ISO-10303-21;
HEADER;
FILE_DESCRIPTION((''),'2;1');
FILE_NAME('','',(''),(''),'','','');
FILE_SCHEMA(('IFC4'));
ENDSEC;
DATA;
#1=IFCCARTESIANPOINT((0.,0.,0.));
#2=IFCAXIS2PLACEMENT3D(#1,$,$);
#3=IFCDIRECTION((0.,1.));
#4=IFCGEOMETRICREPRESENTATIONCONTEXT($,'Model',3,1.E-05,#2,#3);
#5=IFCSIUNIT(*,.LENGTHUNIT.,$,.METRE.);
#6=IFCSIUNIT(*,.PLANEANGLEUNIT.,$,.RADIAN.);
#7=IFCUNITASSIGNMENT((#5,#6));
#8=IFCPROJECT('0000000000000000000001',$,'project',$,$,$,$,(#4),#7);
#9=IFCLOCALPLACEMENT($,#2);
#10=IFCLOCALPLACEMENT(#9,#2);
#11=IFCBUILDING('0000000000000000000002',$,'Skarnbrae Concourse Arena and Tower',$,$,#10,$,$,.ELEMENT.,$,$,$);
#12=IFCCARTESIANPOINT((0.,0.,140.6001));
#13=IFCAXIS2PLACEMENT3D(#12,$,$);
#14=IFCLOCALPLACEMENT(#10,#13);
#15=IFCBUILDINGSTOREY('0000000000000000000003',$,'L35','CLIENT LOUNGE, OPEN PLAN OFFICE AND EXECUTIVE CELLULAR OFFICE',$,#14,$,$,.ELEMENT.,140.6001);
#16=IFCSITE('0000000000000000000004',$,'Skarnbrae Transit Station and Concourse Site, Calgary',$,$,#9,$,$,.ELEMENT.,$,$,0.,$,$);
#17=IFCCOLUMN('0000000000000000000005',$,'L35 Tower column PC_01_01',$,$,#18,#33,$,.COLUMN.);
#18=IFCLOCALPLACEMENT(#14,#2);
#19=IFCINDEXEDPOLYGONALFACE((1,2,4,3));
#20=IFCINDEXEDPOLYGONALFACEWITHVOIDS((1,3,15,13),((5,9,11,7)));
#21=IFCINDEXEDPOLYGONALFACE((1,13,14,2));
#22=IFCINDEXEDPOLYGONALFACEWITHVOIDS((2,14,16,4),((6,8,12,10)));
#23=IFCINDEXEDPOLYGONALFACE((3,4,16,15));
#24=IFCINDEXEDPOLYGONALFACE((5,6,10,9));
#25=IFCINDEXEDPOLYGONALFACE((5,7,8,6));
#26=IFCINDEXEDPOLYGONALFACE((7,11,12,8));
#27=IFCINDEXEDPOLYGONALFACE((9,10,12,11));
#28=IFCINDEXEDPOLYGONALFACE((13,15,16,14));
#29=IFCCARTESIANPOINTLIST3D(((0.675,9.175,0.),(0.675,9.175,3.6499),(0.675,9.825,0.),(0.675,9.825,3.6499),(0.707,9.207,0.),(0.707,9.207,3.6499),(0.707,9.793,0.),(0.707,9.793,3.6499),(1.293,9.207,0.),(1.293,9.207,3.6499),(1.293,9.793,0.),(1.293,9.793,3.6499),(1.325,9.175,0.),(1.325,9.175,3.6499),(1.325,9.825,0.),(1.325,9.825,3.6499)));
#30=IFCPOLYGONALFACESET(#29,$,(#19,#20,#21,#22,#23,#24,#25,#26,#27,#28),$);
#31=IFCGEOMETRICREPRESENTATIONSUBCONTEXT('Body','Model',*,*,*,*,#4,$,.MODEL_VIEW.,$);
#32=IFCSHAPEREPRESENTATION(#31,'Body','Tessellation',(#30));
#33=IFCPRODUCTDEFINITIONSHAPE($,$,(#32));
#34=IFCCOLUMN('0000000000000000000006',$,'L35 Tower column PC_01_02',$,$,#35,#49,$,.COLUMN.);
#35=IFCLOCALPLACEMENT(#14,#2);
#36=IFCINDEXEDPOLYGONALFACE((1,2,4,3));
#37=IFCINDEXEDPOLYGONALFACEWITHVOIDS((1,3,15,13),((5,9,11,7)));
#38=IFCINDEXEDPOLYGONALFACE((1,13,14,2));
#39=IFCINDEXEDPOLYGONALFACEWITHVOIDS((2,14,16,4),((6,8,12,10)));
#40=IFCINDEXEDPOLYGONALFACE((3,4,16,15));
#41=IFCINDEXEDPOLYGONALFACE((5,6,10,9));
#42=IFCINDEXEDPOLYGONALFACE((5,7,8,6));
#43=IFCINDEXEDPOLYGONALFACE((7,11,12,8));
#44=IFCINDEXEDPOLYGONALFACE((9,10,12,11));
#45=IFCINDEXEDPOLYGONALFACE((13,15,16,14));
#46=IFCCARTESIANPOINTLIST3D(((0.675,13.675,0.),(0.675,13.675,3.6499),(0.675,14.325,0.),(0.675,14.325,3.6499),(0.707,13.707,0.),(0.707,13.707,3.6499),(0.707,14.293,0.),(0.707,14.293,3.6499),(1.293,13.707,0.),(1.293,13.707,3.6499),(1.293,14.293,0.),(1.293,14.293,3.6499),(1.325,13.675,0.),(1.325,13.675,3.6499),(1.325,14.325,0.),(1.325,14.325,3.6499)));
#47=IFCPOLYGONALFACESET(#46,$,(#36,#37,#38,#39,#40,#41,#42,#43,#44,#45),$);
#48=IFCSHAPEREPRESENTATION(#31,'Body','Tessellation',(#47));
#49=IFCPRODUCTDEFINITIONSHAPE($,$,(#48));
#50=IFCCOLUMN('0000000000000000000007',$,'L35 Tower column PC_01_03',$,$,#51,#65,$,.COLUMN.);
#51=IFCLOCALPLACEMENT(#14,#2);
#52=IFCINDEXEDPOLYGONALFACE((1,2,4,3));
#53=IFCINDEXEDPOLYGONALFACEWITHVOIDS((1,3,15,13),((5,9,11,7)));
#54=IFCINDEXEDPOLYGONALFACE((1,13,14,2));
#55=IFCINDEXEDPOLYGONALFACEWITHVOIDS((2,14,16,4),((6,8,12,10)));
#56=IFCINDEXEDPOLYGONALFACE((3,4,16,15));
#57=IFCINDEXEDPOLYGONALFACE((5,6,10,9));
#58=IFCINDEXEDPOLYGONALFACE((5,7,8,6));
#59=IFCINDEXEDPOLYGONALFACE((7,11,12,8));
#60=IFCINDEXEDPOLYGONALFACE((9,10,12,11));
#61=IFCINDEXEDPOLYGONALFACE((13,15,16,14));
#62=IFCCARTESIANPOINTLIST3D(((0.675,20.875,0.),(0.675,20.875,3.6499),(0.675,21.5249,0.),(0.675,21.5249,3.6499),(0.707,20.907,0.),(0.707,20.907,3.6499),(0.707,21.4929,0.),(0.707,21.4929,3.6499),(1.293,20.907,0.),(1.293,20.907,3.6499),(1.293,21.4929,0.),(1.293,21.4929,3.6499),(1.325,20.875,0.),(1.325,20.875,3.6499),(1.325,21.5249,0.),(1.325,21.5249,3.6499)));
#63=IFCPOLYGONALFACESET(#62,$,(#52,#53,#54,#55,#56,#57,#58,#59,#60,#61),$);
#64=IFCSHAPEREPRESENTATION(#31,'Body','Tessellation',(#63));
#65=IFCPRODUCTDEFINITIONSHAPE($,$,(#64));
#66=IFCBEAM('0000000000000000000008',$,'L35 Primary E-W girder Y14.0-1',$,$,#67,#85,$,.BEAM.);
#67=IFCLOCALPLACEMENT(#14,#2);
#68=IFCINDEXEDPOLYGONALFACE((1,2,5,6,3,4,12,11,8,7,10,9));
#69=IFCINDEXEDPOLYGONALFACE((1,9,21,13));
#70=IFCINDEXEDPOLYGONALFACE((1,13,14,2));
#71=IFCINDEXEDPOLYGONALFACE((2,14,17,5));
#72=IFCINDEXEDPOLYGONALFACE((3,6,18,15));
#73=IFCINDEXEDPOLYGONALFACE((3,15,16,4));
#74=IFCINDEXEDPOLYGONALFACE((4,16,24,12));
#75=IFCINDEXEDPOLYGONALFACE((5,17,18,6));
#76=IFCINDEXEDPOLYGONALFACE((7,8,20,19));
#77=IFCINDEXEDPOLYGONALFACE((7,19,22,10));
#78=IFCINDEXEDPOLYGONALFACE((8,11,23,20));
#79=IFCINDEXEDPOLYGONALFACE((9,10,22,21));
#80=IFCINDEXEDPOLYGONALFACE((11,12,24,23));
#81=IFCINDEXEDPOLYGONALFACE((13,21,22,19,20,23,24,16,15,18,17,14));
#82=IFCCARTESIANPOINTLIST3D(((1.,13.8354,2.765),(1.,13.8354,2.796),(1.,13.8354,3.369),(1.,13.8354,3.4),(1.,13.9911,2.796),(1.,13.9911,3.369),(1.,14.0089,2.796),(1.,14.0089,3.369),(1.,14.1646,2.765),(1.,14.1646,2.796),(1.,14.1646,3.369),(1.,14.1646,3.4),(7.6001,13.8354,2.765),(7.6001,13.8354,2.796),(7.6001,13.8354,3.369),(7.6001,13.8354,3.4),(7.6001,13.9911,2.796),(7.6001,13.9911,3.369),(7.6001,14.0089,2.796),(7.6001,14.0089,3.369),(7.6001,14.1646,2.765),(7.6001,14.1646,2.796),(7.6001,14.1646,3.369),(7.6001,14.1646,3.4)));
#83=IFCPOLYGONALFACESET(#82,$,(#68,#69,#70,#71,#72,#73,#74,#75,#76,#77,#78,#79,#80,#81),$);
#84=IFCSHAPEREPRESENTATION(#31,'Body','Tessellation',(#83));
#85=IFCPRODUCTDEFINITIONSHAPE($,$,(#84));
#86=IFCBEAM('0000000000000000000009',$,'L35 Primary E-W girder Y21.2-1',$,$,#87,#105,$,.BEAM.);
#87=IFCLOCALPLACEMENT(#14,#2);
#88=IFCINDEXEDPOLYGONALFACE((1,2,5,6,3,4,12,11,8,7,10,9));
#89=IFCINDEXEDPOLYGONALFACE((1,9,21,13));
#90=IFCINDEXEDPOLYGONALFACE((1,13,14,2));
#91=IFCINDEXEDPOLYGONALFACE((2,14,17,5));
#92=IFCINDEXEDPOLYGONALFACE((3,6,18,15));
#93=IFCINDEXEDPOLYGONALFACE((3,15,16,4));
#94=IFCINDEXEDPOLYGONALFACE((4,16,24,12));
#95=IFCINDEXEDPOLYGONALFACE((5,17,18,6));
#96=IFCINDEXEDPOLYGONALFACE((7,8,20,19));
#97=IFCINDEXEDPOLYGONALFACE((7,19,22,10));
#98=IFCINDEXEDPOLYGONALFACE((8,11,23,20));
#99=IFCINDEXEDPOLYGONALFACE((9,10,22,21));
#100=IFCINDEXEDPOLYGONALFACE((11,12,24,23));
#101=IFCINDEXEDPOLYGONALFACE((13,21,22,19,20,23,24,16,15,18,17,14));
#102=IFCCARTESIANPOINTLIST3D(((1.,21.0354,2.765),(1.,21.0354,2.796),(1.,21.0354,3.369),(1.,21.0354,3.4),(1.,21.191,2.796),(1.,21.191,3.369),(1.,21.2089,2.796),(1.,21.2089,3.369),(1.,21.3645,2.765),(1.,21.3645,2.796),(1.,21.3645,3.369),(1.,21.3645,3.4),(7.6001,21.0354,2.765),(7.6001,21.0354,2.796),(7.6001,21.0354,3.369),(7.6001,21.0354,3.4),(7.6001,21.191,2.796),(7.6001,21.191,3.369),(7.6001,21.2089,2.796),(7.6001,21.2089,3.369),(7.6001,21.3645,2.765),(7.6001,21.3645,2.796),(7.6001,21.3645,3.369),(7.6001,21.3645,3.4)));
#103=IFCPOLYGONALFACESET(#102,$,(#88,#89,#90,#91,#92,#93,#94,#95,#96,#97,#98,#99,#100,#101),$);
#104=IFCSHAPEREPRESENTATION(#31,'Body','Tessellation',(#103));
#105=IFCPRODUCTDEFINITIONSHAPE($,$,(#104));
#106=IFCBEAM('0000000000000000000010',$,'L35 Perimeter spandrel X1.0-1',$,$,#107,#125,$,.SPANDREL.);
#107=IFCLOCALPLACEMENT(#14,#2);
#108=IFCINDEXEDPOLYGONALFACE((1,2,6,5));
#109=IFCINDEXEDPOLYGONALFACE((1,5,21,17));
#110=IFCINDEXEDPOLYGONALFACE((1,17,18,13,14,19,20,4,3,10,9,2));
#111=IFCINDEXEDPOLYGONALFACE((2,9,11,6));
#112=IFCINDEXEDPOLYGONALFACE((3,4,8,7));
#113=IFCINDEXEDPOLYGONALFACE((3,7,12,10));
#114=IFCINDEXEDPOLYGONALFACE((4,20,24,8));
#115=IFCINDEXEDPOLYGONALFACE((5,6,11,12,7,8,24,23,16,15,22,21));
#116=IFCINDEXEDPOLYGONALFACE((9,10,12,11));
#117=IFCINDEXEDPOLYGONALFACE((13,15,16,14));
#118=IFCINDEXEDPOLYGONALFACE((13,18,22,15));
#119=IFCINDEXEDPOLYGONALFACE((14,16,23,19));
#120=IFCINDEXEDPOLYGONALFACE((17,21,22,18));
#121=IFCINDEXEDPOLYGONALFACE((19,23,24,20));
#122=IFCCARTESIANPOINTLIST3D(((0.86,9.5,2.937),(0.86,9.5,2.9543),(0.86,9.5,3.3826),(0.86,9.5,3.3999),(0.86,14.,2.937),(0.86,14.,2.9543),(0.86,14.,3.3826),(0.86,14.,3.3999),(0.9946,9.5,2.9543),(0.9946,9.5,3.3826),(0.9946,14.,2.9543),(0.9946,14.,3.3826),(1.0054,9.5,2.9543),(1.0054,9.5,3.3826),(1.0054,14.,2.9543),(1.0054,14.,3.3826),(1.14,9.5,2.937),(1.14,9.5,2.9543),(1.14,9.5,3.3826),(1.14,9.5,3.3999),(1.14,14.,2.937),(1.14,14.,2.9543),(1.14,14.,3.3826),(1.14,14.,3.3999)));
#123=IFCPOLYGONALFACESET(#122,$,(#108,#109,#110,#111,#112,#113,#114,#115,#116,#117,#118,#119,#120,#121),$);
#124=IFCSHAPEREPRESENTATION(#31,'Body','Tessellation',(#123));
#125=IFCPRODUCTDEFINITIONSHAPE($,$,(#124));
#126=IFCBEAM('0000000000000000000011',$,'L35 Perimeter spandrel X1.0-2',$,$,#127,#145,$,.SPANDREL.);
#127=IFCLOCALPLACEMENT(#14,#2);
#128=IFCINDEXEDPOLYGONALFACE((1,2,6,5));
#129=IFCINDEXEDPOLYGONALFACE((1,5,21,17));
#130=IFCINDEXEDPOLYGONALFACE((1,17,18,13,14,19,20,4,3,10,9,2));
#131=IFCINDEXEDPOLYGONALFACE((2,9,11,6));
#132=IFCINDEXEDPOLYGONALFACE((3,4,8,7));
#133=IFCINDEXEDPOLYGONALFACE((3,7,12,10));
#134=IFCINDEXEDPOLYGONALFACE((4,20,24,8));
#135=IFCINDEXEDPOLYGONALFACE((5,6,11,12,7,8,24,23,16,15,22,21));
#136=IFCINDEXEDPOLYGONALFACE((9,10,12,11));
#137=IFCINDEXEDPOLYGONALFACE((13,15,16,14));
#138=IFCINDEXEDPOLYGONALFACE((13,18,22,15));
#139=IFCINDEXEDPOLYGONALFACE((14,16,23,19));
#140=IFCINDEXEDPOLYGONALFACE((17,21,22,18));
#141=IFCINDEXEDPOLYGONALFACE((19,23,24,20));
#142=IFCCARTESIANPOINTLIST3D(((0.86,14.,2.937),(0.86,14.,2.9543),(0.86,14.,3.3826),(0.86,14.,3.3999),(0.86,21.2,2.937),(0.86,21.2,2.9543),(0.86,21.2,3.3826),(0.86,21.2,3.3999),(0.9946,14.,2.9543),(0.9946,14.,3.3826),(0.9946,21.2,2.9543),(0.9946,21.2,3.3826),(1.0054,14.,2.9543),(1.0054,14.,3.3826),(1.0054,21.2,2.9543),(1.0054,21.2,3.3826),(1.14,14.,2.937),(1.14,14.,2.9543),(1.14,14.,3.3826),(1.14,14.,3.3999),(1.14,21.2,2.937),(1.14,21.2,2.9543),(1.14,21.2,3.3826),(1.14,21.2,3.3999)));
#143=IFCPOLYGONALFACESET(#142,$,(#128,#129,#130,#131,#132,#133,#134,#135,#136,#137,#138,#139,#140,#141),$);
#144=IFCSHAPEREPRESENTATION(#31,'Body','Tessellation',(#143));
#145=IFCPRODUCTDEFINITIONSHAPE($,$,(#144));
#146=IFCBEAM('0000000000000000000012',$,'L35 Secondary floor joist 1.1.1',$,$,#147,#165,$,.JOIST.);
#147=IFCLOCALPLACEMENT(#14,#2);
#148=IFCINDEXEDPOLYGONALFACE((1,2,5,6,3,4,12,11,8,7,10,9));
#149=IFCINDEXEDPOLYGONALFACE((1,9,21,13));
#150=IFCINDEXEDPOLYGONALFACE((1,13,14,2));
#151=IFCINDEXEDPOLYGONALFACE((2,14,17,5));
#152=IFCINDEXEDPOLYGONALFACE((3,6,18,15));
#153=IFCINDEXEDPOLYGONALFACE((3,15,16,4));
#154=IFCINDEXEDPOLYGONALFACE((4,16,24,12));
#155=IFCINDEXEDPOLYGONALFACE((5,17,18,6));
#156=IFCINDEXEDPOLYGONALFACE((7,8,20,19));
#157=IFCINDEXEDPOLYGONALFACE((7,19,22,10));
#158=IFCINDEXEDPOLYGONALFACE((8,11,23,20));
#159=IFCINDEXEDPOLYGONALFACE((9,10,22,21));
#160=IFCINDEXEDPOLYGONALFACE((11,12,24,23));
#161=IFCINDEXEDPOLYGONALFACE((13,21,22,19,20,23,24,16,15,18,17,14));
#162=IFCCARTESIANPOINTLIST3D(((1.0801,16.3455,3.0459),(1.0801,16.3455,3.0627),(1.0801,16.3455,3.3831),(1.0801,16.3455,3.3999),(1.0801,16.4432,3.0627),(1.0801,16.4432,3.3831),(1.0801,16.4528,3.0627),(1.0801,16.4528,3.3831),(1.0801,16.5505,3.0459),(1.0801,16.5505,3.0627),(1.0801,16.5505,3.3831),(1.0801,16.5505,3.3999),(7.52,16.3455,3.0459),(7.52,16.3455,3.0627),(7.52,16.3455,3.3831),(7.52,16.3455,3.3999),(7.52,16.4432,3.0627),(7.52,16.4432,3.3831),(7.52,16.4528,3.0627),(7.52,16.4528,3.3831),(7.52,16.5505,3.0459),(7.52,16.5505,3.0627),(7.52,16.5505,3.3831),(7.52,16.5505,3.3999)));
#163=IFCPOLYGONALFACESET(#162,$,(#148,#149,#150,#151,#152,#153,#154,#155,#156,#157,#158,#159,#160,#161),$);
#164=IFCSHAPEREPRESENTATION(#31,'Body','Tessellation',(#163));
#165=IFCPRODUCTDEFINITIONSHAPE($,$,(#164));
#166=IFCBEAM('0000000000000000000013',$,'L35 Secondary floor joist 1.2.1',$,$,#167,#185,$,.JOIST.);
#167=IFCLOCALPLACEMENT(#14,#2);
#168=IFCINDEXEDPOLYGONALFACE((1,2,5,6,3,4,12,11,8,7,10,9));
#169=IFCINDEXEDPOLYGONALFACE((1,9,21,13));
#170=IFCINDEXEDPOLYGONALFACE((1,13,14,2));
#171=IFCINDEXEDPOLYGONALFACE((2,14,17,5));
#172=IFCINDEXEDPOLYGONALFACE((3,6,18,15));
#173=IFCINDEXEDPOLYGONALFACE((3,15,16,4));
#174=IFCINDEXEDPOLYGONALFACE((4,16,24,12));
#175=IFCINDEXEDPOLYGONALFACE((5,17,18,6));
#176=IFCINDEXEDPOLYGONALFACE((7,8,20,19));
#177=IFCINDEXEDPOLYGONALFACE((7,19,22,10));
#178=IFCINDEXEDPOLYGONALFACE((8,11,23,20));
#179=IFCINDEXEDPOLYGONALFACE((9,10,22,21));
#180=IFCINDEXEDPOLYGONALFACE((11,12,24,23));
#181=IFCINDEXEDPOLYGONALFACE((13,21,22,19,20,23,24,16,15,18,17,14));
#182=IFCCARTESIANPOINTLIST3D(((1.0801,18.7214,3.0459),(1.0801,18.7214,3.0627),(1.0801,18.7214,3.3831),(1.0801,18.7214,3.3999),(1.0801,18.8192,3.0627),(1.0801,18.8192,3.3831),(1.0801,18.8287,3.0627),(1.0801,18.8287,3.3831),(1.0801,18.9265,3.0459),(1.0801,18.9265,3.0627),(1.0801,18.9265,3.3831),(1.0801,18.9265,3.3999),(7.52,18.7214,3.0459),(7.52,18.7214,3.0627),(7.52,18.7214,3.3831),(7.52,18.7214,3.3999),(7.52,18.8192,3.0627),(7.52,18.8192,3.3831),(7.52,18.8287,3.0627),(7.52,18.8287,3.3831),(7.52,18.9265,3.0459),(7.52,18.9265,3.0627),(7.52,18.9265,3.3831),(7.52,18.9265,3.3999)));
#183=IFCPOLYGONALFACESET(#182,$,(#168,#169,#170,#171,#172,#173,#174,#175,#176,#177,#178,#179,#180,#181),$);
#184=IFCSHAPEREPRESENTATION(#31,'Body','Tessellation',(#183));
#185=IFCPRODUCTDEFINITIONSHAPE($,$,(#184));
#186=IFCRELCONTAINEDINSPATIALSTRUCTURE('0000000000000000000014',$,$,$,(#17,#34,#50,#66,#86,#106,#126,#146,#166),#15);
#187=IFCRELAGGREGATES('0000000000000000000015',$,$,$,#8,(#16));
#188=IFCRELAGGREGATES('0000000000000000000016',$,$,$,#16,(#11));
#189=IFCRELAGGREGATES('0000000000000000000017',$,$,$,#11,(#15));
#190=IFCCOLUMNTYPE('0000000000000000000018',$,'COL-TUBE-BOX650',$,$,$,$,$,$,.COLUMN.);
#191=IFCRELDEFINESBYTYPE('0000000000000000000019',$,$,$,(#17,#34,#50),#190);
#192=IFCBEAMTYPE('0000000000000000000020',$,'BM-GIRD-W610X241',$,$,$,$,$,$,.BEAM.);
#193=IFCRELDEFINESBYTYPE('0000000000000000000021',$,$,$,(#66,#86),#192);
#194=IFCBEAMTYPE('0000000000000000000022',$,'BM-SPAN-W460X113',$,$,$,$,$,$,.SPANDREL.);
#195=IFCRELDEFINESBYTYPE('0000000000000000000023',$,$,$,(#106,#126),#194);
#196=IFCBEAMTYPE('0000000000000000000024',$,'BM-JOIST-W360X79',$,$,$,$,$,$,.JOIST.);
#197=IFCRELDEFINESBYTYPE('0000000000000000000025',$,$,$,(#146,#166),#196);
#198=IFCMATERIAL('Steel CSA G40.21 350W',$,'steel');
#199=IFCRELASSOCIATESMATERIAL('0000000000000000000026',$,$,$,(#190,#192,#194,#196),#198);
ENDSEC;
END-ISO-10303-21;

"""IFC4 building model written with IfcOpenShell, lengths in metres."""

from ifc_helpers import new_model, si_unit, direction, frame, origin, origin_2d, place, context, subcontext, project, spatial, hollow_rectangle, i_section, extrude, source, transform, mapped, material, material_profile, profile_set, type_object, element, save


model = new_model("IFC4")

# Units and contexts
model_context = context("Model", 3, precision=1e-05, world=origin(), true_north=direction((0.0, 1.0)))
body_context = subcontext(model_context, "Body", "Model", "MODEL_VIEW")
ifc_project = project(units=[si_unit("LENGTHUNIT", "METRE"), si_unit("PLANEANGLEUNIT", "RADIAN")], contexts=[model_context])

# Site, building, storey
site_placement = place(None, origin())
site = spatial("IfcSite", under=ifc_project, at=site_placement, Name="Skarnbrae Transit Station and Concourse Site, Calgary", CompositionType="ELEMENT", RefElevation=0.0)
building_placement = place(site_placement, origin())
building = spatial("IfcBuilding", under=site, at=building_placement, Name="Skarnbrae Concourse Arena and Tower", CompositionType="ELEMENT")
storey_placement = place(building_placement, frame((0.0, 0.0, 140.6001)))
storey = spatial("IfcBuildingStorey", under=building, at=storey_placement, Name="L35", Description="CLIENT LOUNGE, OPEN PLAN OFFICE AND EXECUTIVE CELLULAR OFFICE", CompositionType="ELEMENT", Elevation=140.6001)

# Columns
ifc_material_1 = material(Name="Steel CSA G40.21 350W", Category="steel")
ifc_material_profile_1 = material_profile(ifc_material_1, hollow_rectangle(XDim=0.6499, YDim=0.6499, WallThickness=0.032, at=origin_2d()), Name="BOX650X650X32")
ifc_profile_set_1 = profile_set([ifc_material_profile_1], Name="Steel CSA G40.21 350W")
column_type = type_object("IfcColumnType", Name="COL-TUBE-BOX650", PredefinedType="COLUMN", material=ifc_profile_set_1)
shared_shape_1 = source(origin(), body_context, "Body", "SweptSolid", [
    extrude(hollow_rectangle(XDim=0.6499, YDim=0.6499, WallThickness=0.032, at=origin_2d()), origin(), (0.0, 0.0, 1.0), 3.6499),
])
for number, where, z_axis, x_axis, name in (
    (1, (1.0, 9.5, 0.0), (0.0, 0.0, 1.0), (1.0, 0.0, 0.0), "L35 Tower column PC_01_01"),
    (2, (1.0, 14.0, 0.0), (0.0, 0.0, 1.0), (1.0, 0.0, 0.0), "L35 Tower column PC_01_02"),
    (3, (1.0, 21.2, 0.0), (0.0, 0.0, 1.0), (1.0, 0.0, 0.0), "L35 Tower column PC_01_03"),
):
    element("IfcColumn", number, at=place(storey_placement, frame(where, z_axis=z_axis, x_axis=x_axis)), inside=storey, type_object=column_type, Name=name, PredefinedType="COLUMN", context=body_context, shape_type="MappedRepresentation", body=[
        mapped(shared_shape_1, transform((0.0, 0.0, 0.0))),
    ])

# Beams
ifc_material_profile_2 = material_profile(ifc_material_1, i_section(OverallWidth=0.3291, OverallDepth=0.635, WebThickness=0.0178, FlangeThickness=0.031, at=origin_2d()), Name="W610X241")
ifc_profile_set_2 = profile_set([ifc_material_profile_2], Name="Steel CSA G40.21 350W")
beam_type_1 = type_object("IfcBeamType", Name="BM-GIRD-W610X241", PredefinedType="BEAM", material=ifc_profile_set_2)
shared_shape_2 = source(origin(), body_context, "Body", "SweptSolid", [
    extrude(i_section(OverallWidth=0.3291, OverallDepth=0.635, WebThickness=0.0178, FlangeThickness=0.031, at=origin_2d()), origin(), (0.0, 0.0, 1.0), 6.6001),
])
for number, where, z_axis, x_axis, name in (
    (4, (1.0, 14.0, 3.0825), (1.0, 0.0, 0.0), (0.0, 1.0, 0.0), "L35 Primary E-W girder Y14.0-1"),
    (5, (1.0, 21.2, 3.0825), (1.0, 0.0, 0.0), (0.0, 1.0, 0.0), "L35 Primary E-W girder Y21.2-1"),
):
    element("IfcBeam", number, at=place(storey_placement, frame(where, z_axis=z_axis, x_axis=x_axis)), inside=storey, type_object=beam_type_1, Name=name, PredefinedType="BEAM", context=body_context, shape_type="MappedRepresentation", body=[
        mapped(shared_shape_2, transform((0.0, 0.0, 0.0))),
    ])
ifc_material_profile_3 = material_profile(ifc_material_1, i_section(OverallWidth=0.28, OverallDepth=0.4629, WebThickness=0.0107, FlangeThickness=0.0173, at=origin_2d()), Name="W460X113")
ifc_profile_set_3 = profile_set([ifc_material_profile_3], Name="Steel CSA G40.21 350W")
beam_type_2 = type_object("IfcBeamType", Name="BM-SPAN-W460X113", PredefinedType="SPANDREL", material=ifc_profile_set_3)
shared_shape_3 = source(origin(), body_context, "Body", "SweptSolid", [
    extrude(i_section(OverallWidth=0.28, OverallDepth=0.4629, WebThickness=0.0107, FlangeThickness=0.0173, at=origin_2d()), origin(), (0.0, 0.0, 1.0), 4.5),
])
beam_1_placement = place(storey_placement, frame((1.0, 9.5, 3.1685), z_axis=(0.0, 1.0, 0.0), x_axis=(-1.0, 0.0, 0.0)))
element("IfcBeam", 6, at=beam_1_placement, inside=storey, type_object=beam_type_2, Name="L35 Perimeter spandrel X1.0-1", PredefinedType="SPANDREL", context=body_context, shape_type="MappedRepresentation", body=[
    mapped(shared_shape_3, transform((0.0, 0.0, 0.0))),
])
shared_shape_4 = source(origin(), body_context, "Body", "SweptSolid", [
    extrude(i_section(OverallWidth=0.28, OverallDepth=0.4629, WebThickness=0.0107, FlangeThickness=0.0173, at=origin_2d()), origin(), (0.0, 0.0, 1.0), 7.2),
])
beam_2_placement = place(storey_placement, frame((1.0, 14.0, 3.1685), z_axis=(0.0, 1.0, 0.0), x_axis=(-1.0, 0.0, 0.0)))
element("IfcBeam", 7, at=beam_2_placement, inside=storey, type_object=beam_type_2, Name="L35 Perimeter spandrel X1.0-2", PredefinedType="SPANDREL", context=body_context, shape_type="MappedRepresentation", body=[
    mapped(shared_shape_4, transform((0.0, 0.0, 0.0))),
])
ifc_material_profile_4 = material_profile(ifc_material_1, i_section(OverallWidth=0.2051, OverallDepth=0.354, WebThickness=0.0095, FlangeThickness=0.0168, at=origin_2d()), Name="W360X79")
ifc_profile_set_4 = profile_set([ifc_material_profile_4], Name="Steel CSA G40.21 350W")
beam_type_3 = type_object("IfcBeamType", Name="BM-JOIST-W360X79", PredefinedType="JOIST", material=ifc_profile_set_4)
shared_shape_5 = source(origin(), body_context, "Body", "SweptSolid", [
    extrude(i_section(OverallWidth=0.2051, OverallDepth=0.354, WebThickness=0.0095, FlangeThickness=0.0168, at=origin_2d()), origin(), (0.0, 0.0, 1.0), 6.4399),
])
for number, where, z_axis, x_axis, name in (
    (8, (1.0801, 16.448, 3.2229), (1.0, 0.0, 0.0), (0.0, 1.0, 0.0), "L35 Secondary floor joist 1.1.1"),
    (9, (1.0801, 18.824, 3.2229), (1.0, 0.0, 0.0), (0.0, 1.0, 0.0), "L35 Secondary floor joist 1.2.1"),
):
    element("IfcBeam", number, at=place(storey_placement, frame(where, z_axis=z_axis, x_axis=x_axis)), inside=storey, type_object=beam_type_3, Name=name, PredefinedType="JOIST", context=body_context, shape_type="MappedRepresentation", body=[
        mapped(shared_shape_5, transform((0.0, 0.0, 0.0))),
    ])

save(model, "model.ifc")
